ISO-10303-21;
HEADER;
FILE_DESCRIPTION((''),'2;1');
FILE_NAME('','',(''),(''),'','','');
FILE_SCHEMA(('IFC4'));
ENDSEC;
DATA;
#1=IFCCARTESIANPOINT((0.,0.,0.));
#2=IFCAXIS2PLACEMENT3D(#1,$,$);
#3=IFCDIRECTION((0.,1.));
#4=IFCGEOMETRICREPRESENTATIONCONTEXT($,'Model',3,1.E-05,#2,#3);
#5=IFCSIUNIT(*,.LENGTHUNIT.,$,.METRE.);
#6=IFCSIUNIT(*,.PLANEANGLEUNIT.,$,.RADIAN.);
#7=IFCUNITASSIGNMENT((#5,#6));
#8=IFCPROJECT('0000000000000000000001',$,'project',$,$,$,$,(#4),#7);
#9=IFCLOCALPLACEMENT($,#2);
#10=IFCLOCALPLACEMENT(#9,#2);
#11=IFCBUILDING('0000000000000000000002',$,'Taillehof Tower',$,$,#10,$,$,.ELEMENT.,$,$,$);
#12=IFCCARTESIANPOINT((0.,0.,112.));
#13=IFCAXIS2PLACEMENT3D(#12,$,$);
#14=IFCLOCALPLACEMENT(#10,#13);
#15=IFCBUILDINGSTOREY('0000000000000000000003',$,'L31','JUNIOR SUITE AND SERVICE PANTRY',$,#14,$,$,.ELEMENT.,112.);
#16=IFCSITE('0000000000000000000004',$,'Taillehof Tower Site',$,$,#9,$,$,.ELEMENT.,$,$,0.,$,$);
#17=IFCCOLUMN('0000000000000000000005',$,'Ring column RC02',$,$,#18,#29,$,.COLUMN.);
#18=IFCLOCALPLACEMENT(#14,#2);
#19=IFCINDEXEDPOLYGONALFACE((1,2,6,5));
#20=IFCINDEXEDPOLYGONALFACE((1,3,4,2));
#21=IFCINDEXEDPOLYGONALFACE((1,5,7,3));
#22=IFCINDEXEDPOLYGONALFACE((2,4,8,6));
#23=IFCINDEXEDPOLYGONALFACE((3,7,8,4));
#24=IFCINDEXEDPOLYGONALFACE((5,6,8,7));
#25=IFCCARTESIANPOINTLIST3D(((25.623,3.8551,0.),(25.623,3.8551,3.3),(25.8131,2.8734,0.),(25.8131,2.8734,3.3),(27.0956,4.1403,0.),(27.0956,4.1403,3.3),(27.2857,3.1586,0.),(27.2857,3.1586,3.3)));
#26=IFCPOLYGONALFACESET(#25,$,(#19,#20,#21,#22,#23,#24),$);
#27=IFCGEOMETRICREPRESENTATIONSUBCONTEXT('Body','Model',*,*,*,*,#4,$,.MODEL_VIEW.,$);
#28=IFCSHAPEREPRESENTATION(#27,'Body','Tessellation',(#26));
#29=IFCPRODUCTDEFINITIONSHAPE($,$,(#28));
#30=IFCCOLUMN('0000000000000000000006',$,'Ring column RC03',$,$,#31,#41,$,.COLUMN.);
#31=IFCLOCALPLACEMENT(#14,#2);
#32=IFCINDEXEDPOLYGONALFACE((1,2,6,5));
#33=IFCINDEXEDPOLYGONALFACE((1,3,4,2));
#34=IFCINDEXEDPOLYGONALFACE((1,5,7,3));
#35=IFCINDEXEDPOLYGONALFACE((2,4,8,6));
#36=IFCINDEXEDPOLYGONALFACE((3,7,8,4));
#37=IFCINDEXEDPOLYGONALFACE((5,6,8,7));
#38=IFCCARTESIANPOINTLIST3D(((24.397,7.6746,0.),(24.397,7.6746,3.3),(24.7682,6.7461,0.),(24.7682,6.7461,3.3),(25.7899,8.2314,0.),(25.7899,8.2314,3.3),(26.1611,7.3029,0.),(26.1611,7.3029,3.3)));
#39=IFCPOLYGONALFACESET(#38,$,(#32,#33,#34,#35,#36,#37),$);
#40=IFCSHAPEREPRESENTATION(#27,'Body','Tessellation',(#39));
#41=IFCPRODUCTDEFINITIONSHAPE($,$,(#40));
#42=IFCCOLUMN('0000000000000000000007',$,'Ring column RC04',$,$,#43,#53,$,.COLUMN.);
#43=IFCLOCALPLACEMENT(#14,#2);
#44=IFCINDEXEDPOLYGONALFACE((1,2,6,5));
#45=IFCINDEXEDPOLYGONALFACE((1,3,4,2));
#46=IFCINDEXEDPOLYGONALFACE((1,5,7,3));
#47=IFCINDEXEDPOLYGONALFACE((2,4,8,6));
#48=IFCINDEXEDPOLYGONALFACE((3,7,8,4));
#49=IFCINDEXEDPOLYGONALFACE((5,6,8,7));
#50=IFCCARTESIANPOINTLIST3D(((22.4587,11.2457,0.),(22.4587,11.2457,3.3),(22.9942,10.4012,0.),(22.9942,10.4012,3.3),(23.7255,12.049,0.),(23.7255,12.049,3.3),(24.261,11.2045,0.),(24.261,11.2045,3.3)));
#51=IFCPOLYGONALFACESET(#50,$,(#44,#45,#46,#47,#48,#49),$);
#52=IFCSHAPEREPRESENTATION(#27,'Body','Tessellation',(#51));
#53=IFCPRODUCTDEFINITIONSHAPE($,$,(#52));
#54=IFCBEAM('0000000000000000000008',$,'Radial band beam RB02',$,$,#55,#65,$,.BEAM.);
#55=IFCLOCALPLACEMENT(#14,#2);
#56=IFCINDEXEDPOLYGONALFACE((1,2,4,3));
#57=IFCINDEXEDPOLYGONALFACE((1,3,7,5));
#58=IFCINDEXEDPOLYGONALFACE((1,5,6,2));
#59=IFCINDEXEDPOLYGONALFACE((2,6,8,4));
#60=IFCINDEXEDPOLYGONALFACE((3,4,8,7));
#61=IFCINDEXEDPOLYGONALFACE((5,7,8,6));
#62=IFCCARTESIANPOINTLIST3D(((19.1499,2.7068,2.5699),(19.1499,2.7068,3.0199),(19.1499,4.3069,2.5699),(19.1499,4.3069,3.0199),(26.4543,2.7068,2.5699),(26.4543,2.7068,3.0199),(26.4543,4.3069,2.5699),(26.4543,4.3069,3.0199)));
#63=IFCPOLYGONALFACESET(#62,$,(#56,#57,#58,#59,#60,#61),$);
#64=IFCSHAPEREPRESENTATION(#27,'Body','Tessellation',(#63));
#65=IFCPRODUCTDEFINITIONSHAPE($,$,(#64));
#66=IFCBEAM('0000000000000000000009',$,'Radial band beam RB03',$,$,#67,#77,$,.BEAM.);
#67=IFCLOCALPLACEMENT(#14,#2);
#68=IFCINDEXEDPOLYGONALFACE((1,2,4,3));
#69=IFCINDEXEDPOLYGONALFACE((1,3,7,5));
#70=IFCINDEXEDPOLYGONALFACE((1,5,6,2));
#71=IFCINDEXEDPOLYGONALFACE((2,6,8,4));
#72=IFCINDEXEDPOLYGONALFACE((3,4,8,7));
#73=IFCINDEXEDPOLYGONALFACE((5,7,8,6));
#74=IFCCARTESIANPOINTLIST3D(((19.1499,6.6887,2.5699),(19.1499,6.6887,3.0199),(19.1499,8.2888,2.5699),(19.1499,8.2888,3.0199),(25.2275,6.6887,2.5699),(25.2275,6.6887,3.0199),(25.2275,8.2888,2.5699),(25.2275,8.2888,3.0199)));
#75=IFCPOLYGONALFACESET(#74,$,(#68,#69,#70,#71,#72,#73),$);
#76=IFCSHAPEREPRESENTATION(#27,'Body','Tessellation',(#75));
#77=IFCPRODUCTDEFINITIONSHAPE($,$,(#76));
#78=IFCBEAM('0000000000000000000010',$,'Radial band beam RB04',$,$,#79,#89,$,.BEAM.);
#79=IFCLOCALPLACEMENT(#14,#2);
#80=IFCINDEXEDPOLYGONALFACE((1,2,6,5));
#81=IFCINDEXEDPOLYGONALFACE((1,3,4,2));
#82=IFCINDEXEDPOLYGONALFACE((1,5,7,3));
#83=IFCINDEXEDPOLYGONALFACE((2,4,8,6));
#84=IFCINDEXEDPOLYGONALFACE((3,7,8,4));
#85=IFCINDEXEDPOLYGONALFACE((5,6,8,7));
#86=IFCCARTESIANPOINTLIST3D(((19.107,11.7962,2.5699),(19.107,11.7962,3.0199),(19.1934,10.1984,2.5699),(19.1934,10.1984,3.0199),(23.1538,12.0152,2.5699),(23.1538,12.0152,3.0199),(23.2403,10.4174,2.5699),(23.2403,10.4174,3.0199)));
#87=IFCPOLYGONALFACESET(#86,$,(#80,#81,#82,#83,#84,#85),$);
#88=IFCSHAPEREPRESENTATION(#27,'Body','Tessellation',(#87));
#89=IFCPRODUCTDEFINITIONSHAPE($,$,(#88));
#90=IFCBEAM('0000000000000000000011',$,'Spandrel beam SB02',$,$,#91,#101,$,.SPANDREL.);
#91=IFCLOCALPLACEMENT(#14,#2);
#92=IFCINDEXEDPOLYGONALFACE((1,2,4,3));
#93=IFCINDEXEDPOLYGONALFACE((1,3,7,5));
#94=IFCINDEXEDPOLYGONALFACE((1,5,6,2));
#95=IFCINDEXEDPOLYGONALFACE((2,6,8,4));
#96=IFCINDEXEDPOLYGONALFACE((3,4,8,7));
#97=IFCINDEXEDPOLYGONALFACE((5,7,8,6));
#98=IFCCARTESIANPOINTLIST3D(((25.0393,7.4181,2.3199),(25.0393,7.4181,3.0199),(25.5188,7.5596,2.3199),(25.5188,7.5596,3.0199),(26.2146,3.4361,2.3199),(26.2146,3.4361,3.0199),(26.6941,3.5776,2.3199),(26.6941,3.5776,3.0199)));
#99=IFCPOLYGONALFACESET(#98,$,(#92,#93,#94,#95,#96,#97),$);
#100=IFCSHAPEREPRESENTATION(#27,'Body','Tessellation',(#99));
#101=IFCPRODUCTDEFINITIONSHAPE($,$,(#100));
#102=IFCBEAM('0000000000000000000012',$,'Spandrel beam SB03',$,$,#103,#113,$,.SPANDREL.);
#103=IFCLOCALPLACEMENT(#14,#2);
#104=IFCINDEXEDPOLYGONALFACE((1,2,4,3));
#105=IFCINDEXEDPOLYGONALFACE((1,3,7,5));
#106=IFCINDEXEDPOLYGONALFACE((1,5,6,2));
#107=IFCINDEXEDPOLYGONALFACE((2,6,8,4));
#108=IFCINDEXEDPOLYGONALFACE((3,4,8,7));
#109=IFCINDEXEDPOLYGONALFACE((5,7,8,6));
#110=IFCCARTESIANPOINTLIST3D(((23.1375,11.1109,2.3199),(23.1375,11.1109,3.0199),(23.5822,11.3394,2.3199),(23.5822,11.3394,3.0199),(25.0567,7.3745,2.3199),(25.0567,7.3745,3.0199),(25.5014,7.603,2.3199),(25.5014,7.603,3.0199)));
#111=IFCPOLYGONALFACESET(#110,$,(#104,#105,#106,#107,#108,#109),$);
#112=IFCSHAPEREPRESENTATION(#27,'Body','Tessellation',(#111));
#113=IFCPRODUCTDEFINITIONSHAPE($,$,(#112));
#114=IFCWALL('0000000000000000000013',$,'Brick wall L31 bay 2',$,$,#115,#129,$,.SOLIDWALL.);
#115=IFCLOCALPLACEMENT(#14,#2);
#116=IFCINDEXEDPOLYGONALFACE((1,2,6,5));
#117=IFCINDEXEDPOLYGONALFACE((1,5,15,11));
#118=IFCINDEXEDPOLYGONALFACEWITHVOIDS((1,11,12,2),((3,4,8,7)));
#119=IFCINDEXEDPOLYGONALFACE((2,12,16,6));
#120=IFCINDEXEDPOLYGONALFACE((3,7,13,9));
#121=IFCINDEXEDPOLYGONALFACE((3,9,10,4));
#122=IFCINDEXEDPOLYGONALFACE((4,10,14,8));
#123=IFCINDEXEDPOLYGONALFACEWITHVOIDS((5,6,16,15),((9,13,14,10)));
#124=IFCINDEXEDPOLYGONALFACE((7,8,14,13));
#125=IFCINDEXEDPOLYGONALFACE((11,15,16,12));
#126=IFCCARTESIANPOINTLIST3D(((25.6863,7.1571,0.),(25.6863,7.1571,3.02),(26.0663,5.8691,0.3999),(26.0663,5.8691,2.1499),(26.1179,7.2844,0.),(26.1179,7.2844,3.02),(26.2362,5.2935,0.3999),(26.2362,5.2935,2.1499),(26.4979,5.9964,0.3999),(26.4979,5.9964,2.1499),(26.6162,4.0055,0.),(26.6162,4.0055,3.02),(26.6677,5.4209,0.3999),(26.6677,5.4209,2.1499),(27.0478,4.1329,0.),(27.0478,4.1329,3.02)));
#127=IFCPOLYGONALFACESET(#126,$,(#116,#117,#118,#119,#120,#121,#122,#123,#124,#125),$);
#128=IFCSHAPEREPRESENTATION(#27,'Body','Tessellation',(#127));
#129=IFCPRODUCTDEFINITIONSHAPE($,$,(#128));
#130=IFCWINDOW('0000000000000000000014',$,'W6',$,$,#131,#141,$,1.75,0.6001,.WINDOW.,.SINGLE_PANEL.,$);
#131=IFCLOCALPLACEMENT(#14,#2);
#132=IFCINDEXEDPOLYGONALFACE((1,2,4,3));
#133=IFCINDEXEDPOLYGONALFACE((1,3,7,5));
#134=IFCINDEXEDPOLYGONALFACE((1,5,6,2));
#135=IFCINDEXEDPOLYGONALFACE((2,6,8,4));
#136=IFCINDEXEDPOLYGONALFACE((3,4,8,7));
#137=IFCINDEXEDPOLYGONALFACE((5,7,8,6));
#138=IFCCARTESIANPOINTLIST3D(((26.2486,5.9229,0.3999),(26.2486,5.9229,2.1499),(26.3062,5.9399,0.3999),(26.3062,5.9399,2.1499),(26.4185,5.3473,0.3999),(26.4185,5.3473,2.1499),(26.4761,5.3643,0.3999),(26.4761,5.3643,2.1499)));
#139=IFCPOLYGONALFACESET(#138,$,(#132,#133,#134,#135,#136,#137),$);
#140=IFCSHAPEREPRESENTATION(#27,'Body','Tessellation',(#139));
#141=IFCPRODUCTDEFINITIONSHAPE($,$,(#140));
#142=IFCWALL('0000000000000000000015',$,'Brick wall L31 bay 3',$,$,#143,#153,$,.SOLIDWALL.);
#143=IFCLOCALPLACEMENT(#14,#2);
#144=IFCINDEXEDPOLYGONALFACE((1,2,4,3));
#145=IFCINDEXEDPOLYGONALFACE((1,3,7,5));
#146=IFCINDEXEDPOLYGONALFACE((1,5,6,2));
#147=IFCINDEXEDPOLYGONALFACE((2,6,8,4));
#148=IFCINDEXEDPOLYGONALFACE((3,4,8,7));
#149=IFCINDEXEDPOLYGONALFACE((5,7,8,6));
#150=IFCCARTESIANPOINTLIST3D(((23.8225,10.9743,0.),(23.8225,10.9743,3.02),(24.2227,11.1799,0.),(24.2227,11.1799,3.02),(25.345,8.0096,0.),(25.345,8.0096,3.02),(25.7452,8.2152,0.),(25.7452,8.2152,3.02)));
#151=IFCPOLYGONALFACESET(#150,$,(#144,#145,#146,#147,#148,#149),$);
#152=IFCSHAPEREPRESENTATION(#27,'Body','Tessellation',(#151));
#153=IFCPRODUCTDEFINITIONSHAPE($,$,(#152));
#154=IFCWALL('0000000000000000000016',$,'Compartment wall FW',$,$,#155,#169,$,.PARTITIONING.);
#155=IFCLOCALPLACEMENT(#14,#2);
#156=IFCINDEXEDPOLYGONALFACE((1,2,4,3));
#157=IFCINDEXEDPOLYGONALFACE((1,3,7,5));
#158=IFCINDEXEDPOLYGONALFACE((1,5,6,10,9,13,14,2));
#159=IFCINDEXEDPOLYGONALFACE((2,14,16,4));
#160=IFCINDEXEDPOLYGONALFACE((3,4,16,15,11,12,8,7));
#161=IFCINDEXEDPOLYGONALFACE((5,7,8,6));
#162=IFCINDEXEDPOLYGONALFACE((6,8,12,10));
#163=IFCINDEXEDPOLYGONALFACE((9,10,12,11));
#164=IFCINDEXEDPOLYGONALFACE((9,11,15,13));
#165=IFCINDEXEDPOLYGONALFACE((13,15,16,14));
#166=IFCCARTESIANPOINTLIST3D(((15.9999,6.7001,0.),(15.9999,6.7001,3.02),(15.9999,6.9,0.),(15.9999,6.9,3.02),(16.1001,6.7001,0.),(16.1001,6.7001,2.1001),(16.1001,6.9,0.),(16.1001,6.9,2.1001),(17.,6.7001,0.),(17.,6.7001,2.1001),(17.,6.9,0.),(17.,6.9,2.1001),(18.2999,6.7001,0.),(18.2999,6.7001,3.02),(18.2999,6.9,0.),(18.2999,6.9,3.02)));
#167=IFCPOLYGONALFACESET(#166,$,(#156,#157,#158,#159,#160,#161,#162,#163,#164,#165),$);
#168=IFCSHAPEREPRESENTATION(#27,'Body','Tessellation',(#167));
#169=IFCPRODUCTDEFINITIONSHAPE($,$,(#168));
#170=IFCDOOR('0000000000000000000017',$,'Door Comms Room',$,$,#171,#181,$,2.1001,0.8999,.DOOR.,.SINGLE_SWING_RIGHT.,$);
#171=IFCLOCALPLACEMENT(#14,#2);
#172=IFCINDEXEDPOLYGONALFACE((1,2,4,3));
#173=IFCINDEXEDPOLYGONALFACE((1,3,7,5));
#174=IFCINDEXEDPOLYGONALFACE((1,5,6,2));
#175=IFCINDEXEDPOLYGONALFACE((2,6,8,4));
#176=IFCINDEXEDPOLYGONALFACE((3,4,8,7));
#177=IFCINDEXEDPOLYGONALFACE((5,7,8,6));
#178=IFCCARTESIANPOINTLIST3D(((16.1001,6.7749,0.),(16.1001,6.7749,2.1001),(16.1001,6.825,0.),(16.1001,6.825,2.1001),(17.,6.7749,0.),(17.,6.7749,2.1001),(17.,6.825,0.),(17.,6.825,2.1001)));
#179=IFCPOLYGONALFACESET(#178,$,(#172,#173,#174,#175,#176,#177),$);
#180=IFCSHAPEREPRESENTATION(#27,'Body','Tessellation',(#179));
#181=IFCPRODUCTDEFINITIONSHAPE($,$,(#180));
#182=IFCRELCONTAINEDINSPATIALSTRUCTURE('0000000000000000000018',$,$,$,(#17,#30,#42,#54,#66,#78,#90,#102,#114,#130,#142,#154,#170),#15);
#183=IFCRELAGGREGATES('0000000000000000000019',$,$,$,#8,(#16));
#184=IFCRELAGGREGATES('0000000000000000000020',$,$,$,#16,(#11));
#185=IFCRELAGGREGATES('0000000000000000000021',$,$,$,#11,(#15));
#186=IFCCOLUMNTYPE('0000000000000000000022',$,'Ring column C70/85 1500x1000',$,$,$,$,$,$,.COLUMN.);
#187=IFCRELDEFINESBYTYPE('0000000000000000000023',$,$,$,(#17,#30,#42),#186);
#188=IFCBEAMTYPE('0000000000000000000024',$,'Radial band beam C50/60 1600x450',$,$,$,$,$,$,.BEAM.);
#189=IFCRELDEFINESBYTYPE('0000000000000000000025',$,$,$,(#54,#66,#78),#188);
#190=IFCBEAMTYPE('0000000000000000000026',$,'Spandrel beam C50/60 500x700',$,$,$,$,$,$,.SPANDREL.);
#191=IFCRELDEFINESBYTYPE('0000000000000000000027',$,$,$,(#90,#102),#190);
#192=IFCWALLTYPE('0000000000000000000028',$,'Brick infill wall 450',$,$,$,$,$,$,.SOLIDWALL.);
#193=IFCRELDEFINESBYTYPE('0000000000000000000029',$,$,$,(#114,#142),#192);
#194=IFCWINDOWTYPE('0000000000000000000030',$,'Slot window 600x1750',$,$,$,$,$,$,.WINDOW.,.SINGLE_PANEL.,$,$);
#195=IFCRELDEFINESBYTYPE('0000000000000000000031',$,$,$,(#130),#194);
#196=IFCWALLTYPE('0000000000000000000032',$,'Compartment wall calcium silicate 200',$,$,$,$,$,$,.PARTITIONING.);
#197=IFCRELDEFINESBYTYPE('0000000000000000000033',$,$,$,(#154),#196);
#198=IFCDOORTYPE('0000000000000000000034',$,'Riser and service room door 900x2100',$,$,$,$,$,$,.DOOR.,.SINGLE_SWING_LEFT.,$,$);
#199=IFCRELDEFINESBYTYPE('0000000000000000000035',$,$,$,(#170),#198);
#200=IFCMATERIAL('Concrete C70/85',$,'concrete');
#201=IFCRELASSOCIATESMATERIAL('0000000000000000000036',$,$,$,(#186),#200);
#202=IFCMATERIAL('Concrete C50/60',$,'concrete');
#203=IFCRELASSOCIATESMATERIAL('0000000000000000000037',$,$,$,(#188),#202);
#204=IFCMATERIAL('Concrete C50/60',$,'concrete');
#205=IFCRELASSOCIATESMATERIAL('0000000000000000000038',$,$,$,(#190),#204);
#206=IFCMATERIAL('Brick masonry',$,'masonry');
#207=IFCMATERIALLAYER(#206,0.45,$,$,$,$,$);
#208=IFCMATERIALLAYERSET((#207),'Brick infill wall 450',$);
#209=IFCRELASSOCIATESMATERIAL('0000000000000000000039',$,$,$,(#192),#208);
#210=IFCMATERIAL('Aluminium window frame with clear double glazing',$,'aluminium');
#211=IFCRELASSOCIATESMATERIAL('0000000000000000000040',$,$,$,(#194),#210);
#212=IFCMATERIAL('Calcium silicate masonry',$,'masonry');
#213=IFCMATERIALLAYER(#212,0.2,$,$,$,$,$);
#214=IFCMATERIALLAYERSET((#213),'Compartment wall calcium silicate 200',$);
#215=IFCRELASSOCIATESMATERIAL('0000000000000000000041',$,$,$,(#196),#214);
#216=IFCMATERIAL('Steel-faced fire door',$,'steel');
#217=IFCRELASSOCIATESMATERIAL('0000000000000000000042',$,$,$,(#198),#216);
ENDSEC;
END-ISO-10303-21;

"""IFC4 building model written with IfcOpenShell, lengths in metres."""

from ifc_helpers import new_model, si_unit, direction, frame, frame_2d, origin, origin_2d, place, context, subcontext, project, spatial, rectangle, extrude, material, layer, layer_set, material_profile, profile_set, type_object, element, fill, save


model = new_model("IFC4")

# Units and contexts
model_context = context("Model", 3, precision=1e-05, world=origin(), true_north=direction((0.0, 1.0)))
body_context = subcontext(model_context, "Body", "Model", "MODEL_VIEW")
ifc_project = project(units=[si_unit("LENGTHUNIT", "METRE"), si_unit("PLANEANGLEUNIT", "RADIAN")], contexts=[model_context])

# Site, building, storey
site_placement = place(None, origin())
site = spatial("IfcSite", under=ifc_project, at=site_placement, Name="Taillehof Tower Site", CompositionType="ELEMENT", RefElevation=0.0)
building_placement = place(site_placement, origin())
building = spatial("IfcBuilding", under=site, at=building_placement, Name="Taillehof Tower", CompositionType="ELEMENT")
storey_placement = place(building_placement, frame((0.0, 0.0, 112.0)))
storey = spatial("IfcBuildingStorey", under=building, at=storey_placement, Name="L31", Description="JUNIOR SUITE AND SERVICE PANTRY", CompositionType="ELEMENT", Elevation=112.0)

# Columns
ifc_material_1 = material(Name="Concrete C70/85", Category="concrete")
ifc_material_profile_1 = material_profile(ifc_material_1, rectangle(XDim=1.5, YDim=1.0, at=origin_2d()), Name="RC 1500x1000")
ifc_profile_set_1 = profile_set([ifc_material_profile_1], Name="Concrete C70/85")
column_type = type_object("IfcColumnType", Name="Ring column C70/85 1500x1000", PredefinedType="COLUMN", material=ifc_profile_set_1)
for number, where, z_axis, x_axis, name in (
    (1, (26.4543, 3.5068, 0.0), (0.0, 0.0, 1.0), (0.981757, 0.190138, 0.0), "Ring column RC02"),
    (2, (25.2791, 7.4888, 0.0), (0.0, 0.0, 1.0), (0.92855, 0.371207, 0.0), "Ring column RC03"),
    (3, (23.3599, 11.2251, 0.0), (0.0, 0.0, 1.0), (0.844511, 0.535537, 0.0), "Ring column RC04"),
):
    element("IfcColumn", number, at=place(storey_placement, frame(where, z_axis=z_axis, x_axis=x_axis)), inside=storey, type_object=column_type, Name=name, PredefinedType="COLUMN", context=body_context, shape_type="SweptSolid", body=[
        extrude(rectangle(XDim=1.5, YDim=1.0, at=origin_2d()), origin(), (0.0, 0.0, 1.0), 3.3),
    ])

# Beams
ifc_material_2 = material(Name="Concrete C50/60", Category="concrete")
ifc_material_profile_2 = material_profile(ifc_material_2, rectangle(XDim=1.6001, YDim=0.45, at=origin_2d()), Name="RC 1600x450")
ifc_profile_set_2 = profile_set([ifc_material_profile_2], Name="Concrete C50/60")
beam_type_1 = type_object("IfcBeamType", Name="Radial band beam C50/60 1600x450", PredefinedType="BEAM", material=ifc_profile_set_2)
beam_1_placement = place(storey_placement, frame((26.4543, 3.5068, 2.7949), z_axis=(-1.0, 0.0, 0.0), x_axis=(0.0, -1.0, 0.0)))
element("IfcBeam", 4, at=beam_1_placement, inside=storey, type_object=beam_type_1, Name="Radial band beam RB02", PredefinedType="BEAM", context=body_context, shape_type="SweptSolid", body=[
    extrude(rectangle(XDim=1.6001, YDim=0.45, at=origin_2d()), origin(), (0.0, 0.0, 1.0), 7.3044),
])
beam_2_placement = place(storey_placement, frame((25.2275, 7.4888, 2.7949), z_axis=(-1.0, 0.0, 0.0), x_axis=(0.0, -1.0, 0.0)))
element("IfcBeam", 5, at=beam_2_placement, inside=storey, type_object=beam_type_1, Name="Radial band beam RB03", PredefinedType="BEAM", context=body_context, shape_type="SweptSolid", body=[
    extrude(rectangle(XDim=1.6001, YDim=0.45, at=origin_2d()), origin(), (0.0, 0.0, 1.0), 6.0776),
])
beam_3_placement = place(storey_placement, frame((23.197, 11.2163, 2.7949), z_axis=(-0.998539, -0.054035, 0.0), x_axis=(0.054035, -0.998539, 0.0)))
element("IfcBeam", 6, at=beam_3_placement, inside=storey, type_object=beam_type_1, Name="Radial band beam RB04", PredefinedType="BEAM", context=body_context, shape_type="SweptSolid", body=[
    extrude(rectangle(XDim=1.6001, YDim=0.45, at=origin_2d()), origin(), (0.0, 0.0, 1.0), 4.0527),
])
ifc_material_3 = material(Name="Concrete C50/60", Category="concrete")
ifc_material_profile_3 = material_profile(ifc_material_3, rectangle(XDim=0.5, YDim=0.7, at=origin_2d()), Name="RC 500x700")
ifc_profile_set_3 = profile_set([ifc_material_profile_3], Name="Concrete C50/60")
beam_type_2 = type_object("IfcBeamType", Name="Spandrel beam C50/60 500x700", PredefinedType="SPANDREL", material=ifc_profile_set_3)
beam_4_placement = place(storey_placement, frame((26.4543, 3.5068, 2.6699), z_axis=(-0.283083, 0.959095, 0.0), x_axis=(-0.959095, -0.283083, 0.0)))
element("IfcBeam", 7, at=beam_4_placement, inside=storey, type_object=beam_type_2, Name="Spandrel beam SB02", PredefinedType="SPANDREL", context=body_context, shape_type="SweptSolid", body=[
    extrude(rectangle(XDim=0.5, YDim=0.7, at=origin_2d()), origin(), (0.0, 0.0, 1.0), 4.1519),
])
beam_5_placement = place(storey_placement, frame((25.2791, 7.4888, 2.6699), z_axis=(-0.456905, 0.889515, 0.0), x_axis=(-0.889515, -0.456905, 0.0)))
element("IfcBeam", 8, at=beam_5_placement, inside=storey, type_object=beam_type_2, Name="Spandrel beam SB03", PredefinedType="SPANDREL", context=body_context, shape_type="SweptSolid", body=[
    extrude(rectangle(XDim=0.5, YDim=0.7, at=origin_2d()), origin(), (0.0, 0.0, 1.0), 4.2004),
])

# Wall, opening, window
ifc_material_4 = material(Name="Brick masonry", Category="masonry")
ifc_layer_1 = layer(ifc_material_4, 0.45)
ifc_layer_set_1 = layer_set([ifc_layer_1], Name="Brick infill wall 450")
wall_type_1 = type_object("IfcWallType", Name="Brick infill wall 450", PredefinedType="SOLIDWALL", material=ifc_layer_set_1)
wall_1_placement = place(storey_placement, frame((26.832, 4.0691, 0.0), z_axis=(0.0, 0.0, 1.0), x_axis=(-0.283003, 0.959119, 0.0)))
wall_1 = element("IfcWall", 9, at=wall_1_placement, inside=storey, type_object=wall_type_1, Name="Brick wall L31 bay 2", PredefinedType="SOLIDWALL", context=body_context, shape_type="SweptSolid", body=[
    extrude(rectangle(XDim=3.2859, YDim=0.45, at=frame_2d((1.6431, 0.0))), origin(), (0.0, 0.0, 1.0), 3.02),
])
opening_1_placement = place(wall_1_placement, frame((1.343, 0.0, 0.3999)))
opening_1 = element("IfcOpeningElement", 10, at=opening_1_placement, cuts=wall_1, PredefinedType="OPENING", context=body_context, shape_type="SweptSolid", body=[
    extrude(rectangle(XDim=0.6001, YDim=1.75, at=frame_2d((0.3, 0.875))), frame((0.0, 0.2349, 0.0), z_axis=(0.0, -1.0, 0.0), x_axis=(1.0, 0.0, 0.0)), (0.0, 0.0, 1.0), 0.47),
])
ifc_material_5 = material(Name="Aluminium window frame with clear double glazing", Category="aluminium")
window_type = type_object("IfcWindowType", Name="Slot window 600x1750", PartitioningType="SINGLE_PANEL", PredefinedType="WINDOW", material=ifc_material_5)
window_placement = place(opening_1_placement, origin())
window = element("IfcWindow", 11, at=window_placement, inside=storey, type_object=window_type, Name="W6", OverallHeight=1.75, OverallWidth=0.6001, PartitioningType="SINGLE_PANEL", PredefinedType="WINDOW", context=body_context, shape_type="SweptSolid", body=[
    extrude(rectangle(XDim=0.6001, YDim=1.75, at=frame_2d((0.3, 0.875))), frame((0.0, 0.0349, 0.0), z_axis=(0.0, -1.0, 0.0), x_axis=(1.0, 0.0, 0.0)), (0.0, 0.0, 1.0), 0.0601),
])
fill(opening_1, window)

# Wall
wall_2_placement = place(storey_placement, frame((25.5452, 8.1123, 0.0), z_axis=(0.0, 0.0, 1.0), x_axis=(-0.456828, 0.889555, 0.0)))
element("IfcWall", 12, at=wall_2_placement, inside=storey, type_object=wall_type_1, Name="Brick wall L31 bay 3", PredefinedType="SOLIDWALL", context=body_context, shape_type="SweptSolid", body=[
    extrude(rectangle(XDim=3.3328, YDim=0.45, at=frame_2d((1.6665, 0.0))), origin(), (0.0, 0.0, 1.0), 3.02),
])

# Wall, opening, door
ifc_material_6 = material(Name="Calcium silicate masonry", Category="masonry")
ifc_layer_2 = layer(ifc_material_6, 0.2)
ifc_layer_set_2 = layer_set([ifc_layer_2], Name="Compartment wall calcium silicate 200")
wall_type_2 = type_object("IfcWallType", Name="Compartment wall calcium silicate 200", PredefinedType="PARTITIONING", material=ifc_layer_set_2)
wall_3_placement = place(storey_placement, frame((16.0, 6.8, 0.0), z_axis=(0.0, 0.0, 1.0), x_axis=(1.0, 0.0, 0.0)))
wall_3 = element("IfcWall", 13, at=wall_3_placement, inside=storey, type_object=wall_type_2, Name="Compartment wall FW", PredefinedType="PARTITIONING", context=body_context, shape_type="SweptSolid", body=[
    extrude(rectangle(XDim=2.3, YDim=0.2, at=frame_2d((1.1499, 0.0))), origin(), (0.0, 0.0, 1.0), 3.02),
])
opening_2_placement = place(wall_3_placement, frame((0.1001, 0.0, 0.0)))
opening_2 = element("IfcOpeningElement", 14, at=opening_2_placement, cuts=wall_3, PredefinedType="OPENING", context=body_context, shape_type="SweptSolid", body=[
    extrude(rectangle(XDim=0.8999, YDim=2.1001, at=frame_2d((0.45, 1.05))), frame((0.0, 0.1099, 0.0), z_axis=(0.0, -1.0, 0.0), x_axis=(1.0, 0.0, 0.0)), (0.0, 0.0, 1.0), 0.22),
])
ifc_material_7 = material(Name="Steel-faced fire door", Category="steel")
door_type_1 = type_object("IfcDoorType", Name="Riser and service room door 900x2100", OperationType="SINGLE_SWING_LEFT", PredefinedType="DOOR", material=ifc_material_7)
door_1_placement = place(opening_2_placement, origin())
door_1 = element("IfcDoor", 15, at=door_1_placement, inside=storey, type_object=door_type_1, Name="Door Comms Room", OperationType="SINGLE_SWING_RIGHT", OverallHeight=2.1001, OverallWidth=0.8999, PredefinedType="DOOR", context=body_context, shape_type="SweptSolid", body=[
    extrude(rectangle(XDim=0.8999, YDim=2.1001, at=frame_2d((0.45, 1.05))), frame((0.0, 0.0249, 0.0), z_axis=(0.0, -1.0, 0.0), x_axis=(1.0, 0.0, 0.0)), (0.0, 0.0, 1.0), 0.05),
])
fill(opening_2, door_1)

save(model, "model.ifc")
